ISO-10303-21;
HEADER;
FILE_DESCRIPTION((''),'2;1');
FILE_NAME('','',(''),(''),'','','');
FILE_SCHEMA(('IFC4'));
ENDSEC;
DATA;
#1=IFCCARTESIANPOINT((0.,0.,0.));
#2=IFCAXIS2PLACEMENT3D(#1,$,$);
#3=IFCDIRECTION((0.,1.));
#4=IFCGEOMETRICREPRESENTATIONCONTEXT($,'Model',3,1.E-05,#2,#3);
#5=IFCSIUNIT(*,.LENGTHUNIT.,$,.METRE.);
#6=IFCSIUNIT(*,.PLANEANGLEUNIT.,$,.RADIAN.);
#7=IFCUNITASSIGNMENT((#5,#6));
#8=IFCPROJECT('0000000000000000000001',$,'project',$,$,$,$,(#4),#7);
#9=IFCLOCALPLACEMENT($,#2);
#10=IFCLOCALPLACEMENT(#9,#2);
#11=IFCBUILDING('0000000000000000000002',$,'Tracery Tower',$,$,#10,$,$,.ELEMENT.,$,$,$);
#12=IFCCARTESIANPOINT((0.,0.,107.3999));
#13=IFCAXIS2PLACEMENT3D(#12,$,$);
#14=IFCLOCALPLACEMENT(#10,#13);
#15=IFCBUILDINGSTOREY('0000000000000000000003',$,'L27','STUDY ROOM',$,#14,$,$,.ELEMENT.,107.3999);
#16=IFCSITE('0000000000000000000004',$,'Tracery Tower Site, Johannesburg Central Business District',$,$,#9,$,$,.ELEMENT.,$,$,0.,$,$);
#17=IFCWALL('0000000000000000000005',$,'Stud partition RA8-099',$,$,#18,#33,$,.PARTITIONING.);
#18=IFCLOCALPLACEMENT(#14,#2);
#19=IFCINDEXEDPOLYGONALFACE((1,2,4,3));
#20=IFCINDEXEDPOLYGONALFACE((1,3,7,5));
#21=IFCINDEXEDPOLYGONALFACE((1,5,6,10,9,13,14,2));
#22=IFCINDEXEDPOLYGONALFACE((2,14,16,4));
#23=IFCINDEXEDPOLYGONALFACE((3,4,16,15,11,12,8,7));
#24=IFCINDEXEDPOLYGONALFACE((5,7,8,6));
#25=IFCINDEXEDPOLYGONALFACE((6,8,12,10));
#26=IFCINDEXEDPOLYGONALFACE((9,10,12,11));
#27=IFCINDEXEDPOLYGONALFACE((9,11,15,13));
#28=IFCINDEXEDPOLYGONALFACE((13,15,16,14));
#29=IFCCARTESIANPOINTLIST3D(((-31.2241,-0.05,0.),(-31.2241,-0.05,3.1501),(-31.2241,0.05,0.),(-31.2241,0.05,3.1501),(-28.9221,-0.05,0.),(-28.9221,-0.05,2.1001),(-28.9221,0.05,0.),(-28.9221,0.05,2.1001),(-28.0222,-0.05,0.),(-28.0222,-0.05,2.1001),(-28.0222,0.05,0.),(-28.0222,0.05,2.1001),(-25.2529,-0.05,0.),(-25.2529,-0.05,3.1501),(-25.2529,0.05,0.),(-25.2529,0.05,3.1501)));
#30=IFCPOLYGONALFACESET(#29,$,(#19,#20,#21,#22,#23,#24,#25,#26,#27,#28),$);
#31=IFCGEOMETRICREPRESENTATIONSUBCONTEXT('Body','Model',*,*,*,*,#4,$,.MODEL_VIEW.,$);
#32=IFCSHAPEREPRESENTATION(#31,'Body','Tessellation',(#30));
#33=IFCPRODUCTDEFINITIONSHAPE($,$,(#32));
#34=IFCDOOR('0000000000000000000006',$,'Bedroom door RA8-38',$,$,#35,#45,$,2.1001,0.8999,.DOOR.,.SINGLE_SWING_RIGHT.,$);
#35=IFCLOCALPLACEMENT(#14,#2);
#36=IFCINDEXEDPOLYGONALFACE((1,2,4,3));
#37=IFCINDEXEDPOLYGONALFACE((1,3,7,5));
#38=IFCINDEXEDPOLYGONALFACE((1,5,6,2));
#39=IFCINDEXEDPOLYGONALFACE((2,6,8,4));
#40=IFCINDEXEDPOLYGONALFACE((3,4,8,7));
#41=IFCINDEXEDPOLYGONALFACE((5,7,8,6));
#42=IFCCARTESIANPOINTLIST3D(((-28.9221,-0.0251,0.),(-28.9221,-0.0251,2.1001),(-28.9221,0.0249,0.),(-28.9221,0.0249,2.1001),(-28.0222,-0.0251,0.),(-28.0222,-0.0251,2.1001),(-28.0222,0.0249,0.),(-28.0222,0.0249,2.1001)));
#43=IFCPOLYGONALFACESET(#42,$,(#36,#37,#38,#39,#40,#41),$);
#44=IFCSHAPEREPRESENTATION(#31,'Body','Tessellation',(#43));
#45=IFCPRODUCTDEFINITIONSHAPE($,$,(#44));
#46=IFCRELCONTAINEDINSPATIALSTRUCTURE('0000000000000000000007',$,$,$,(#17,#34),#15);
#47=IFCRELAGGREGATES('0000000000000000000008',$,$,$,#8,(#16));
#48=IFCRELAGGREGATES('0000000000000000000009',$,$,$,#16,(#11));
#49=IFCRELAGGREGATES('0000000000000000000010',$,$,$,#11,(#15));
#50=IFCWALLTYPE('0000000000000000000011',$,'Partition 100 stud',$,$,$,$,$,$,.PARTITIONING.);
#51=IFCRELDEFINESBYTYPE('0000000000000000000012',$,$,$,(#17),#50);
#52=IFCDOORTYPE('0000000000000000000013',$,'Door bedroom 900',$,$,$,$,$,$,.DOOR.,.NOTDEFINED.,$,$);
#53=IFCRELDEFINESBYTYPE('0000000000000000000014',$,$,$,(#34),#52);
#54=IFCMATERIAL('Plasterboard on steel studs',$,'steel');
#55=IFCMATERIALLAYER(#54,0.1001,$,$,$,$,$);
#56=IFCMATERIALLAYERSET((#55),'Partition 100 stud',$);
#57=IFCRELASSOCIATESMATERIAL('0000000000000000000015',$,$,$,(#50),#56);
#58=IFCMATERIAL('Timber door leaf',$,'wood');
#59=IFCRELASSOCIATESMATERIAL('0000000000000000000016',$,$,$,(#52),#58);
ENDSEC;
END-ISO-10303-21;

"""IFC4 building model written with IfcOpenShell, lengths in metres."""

from ifc_helpers import new_model, si_unit, direction, frame, frame_2d, origin, place, context, subcontext, project, spatial, rectangle, extrude, material, layer, layer_set, type_object, element, fill, save


model = new_model("IFC4")

# Units and contexts
model_context = context("Model", 3, precision=1e-05, world=origin(), true_north=direction((0.0, 1.0)))
body_context = subcontext(model_context, "Body", "Model", "MODEL_VIEW")
ifc_project = project(units=[si_unit("LENGTHUNIT", "METRE"), si_unit("PLANEANGLEUNIT", "RADIAN")], contexts=[model_context])

# Site, building, storey
site_placement = place(None, origin())
site = spatial("IfcSite", under=ifc_project, at=site_placement, Name="Tracery Tower Site, Johannesburg Central Business District", CompositionType="ELEMENT", RefElevation=0.0)
building_placement = place(site_placement, origin())
building = spatial("IfcBuilding", under=site, at=building_placement, Name="Tracery Tower", CompositionType="ELEMENT")
storey_placement = place(building_placement, frame((0.0, 0.0, 107.3999)))
storey = spatial("IfcBuildingStorey", under=building, at=storey_placement, Name="L27", Description="STUDY ROOM", CompositionType="ELEMENT", Elevation=107.3999)

# Shared definitions
ifc_material_1 = material(Name="Plasterboard on steel studs", Category="steel")
ifc_layer_1 = layer(ifc_material_1, 0.1001)
ifc_layer_set_1 = layer_set([ifc_layer_1], Name="Partition 100 stud")
wall_type_1 = type_object("IfcWallType", Name="Partition 100 stud", PredefinedType="PARTITIONING", material=ifc_layer_set_1)

# Wall, opening, door
wall_1_placement = place(storey_placement, frame((-31.2241, 0.0, 0.0), z_axis=(0.0, 0.0, 1.0), x_axis=(1.0, 0.0, 0.0)))
wall_1 = element("IfcWall", 1, at=wall_1_placement, inside=storey, type_object=wall_type_1, Name="Stud partition RA8-099", PredefinedType="PARTITIONING", context=body_context, shape_type="SweptSolid", body=[
    extrude(rectangle(XDim=5.9712, YDim=0.1001, at=frame_2d((2.9856, 0.0))), origin(), (0.0, 0.0, 1.0), 3.1501),
])
opening_1_placement = place(wall_1_placement, frame((2.302, 0.0, 0.0)))
opening_1 = element("IfcOpeningElement", 2, at=opening_1_placement, cuts=wall_1, PredefinedType="OPENING", context=body_context, shape_type="SweptSolid", body=[
    extrude(rectangle(XDim=0.8999, YDim=2.1001, at=frame_2d((0.45, 1.05))), frame((0.0, 0.05, 0.0), z_axis=(0.0, -1.0, 0.0), x_axis=(1.0, 0.0, 0.0)), (0.0, 0.0, 1.0), 0.1001),
])
ifc_material_2 = material(Name="Timber door leaf", Category="wood")
door_type_1 = type_object("IfcDoorType", Name="Door bedroom 900", OperationType="NOTDEFINED", PredefinedType="DOOR", material=ifc_material_2)
door_1_placement = place(opening_1_placement, origin())
door_1 = element("IfcDoor", 3, at=door_1_placement, inside=storey, type_object=door_type_1, Name="Bedroom door RA8-38", OperationType="SINGLE_SWING_RIGHT", OverallHeight=2.1001, OverallWidth=0.8999, PredefinedType="DOOR", context=body_context, shape_type="SweptSolid", body=[
    extrude(rectangle(XDim=0.8999, YDim=2.1001, at=frame_2d((0.45, 1.05))), frame((0.0, 0.0249, 0.0), z_axis=(0.0, -1.0, 0.0), x_axis=(1.0, 0.0, 0.0)), (0.0, 0.0, 1.0), 0.05),
])
fill(opening_1, door_1)

save(model, "model.ifc")
